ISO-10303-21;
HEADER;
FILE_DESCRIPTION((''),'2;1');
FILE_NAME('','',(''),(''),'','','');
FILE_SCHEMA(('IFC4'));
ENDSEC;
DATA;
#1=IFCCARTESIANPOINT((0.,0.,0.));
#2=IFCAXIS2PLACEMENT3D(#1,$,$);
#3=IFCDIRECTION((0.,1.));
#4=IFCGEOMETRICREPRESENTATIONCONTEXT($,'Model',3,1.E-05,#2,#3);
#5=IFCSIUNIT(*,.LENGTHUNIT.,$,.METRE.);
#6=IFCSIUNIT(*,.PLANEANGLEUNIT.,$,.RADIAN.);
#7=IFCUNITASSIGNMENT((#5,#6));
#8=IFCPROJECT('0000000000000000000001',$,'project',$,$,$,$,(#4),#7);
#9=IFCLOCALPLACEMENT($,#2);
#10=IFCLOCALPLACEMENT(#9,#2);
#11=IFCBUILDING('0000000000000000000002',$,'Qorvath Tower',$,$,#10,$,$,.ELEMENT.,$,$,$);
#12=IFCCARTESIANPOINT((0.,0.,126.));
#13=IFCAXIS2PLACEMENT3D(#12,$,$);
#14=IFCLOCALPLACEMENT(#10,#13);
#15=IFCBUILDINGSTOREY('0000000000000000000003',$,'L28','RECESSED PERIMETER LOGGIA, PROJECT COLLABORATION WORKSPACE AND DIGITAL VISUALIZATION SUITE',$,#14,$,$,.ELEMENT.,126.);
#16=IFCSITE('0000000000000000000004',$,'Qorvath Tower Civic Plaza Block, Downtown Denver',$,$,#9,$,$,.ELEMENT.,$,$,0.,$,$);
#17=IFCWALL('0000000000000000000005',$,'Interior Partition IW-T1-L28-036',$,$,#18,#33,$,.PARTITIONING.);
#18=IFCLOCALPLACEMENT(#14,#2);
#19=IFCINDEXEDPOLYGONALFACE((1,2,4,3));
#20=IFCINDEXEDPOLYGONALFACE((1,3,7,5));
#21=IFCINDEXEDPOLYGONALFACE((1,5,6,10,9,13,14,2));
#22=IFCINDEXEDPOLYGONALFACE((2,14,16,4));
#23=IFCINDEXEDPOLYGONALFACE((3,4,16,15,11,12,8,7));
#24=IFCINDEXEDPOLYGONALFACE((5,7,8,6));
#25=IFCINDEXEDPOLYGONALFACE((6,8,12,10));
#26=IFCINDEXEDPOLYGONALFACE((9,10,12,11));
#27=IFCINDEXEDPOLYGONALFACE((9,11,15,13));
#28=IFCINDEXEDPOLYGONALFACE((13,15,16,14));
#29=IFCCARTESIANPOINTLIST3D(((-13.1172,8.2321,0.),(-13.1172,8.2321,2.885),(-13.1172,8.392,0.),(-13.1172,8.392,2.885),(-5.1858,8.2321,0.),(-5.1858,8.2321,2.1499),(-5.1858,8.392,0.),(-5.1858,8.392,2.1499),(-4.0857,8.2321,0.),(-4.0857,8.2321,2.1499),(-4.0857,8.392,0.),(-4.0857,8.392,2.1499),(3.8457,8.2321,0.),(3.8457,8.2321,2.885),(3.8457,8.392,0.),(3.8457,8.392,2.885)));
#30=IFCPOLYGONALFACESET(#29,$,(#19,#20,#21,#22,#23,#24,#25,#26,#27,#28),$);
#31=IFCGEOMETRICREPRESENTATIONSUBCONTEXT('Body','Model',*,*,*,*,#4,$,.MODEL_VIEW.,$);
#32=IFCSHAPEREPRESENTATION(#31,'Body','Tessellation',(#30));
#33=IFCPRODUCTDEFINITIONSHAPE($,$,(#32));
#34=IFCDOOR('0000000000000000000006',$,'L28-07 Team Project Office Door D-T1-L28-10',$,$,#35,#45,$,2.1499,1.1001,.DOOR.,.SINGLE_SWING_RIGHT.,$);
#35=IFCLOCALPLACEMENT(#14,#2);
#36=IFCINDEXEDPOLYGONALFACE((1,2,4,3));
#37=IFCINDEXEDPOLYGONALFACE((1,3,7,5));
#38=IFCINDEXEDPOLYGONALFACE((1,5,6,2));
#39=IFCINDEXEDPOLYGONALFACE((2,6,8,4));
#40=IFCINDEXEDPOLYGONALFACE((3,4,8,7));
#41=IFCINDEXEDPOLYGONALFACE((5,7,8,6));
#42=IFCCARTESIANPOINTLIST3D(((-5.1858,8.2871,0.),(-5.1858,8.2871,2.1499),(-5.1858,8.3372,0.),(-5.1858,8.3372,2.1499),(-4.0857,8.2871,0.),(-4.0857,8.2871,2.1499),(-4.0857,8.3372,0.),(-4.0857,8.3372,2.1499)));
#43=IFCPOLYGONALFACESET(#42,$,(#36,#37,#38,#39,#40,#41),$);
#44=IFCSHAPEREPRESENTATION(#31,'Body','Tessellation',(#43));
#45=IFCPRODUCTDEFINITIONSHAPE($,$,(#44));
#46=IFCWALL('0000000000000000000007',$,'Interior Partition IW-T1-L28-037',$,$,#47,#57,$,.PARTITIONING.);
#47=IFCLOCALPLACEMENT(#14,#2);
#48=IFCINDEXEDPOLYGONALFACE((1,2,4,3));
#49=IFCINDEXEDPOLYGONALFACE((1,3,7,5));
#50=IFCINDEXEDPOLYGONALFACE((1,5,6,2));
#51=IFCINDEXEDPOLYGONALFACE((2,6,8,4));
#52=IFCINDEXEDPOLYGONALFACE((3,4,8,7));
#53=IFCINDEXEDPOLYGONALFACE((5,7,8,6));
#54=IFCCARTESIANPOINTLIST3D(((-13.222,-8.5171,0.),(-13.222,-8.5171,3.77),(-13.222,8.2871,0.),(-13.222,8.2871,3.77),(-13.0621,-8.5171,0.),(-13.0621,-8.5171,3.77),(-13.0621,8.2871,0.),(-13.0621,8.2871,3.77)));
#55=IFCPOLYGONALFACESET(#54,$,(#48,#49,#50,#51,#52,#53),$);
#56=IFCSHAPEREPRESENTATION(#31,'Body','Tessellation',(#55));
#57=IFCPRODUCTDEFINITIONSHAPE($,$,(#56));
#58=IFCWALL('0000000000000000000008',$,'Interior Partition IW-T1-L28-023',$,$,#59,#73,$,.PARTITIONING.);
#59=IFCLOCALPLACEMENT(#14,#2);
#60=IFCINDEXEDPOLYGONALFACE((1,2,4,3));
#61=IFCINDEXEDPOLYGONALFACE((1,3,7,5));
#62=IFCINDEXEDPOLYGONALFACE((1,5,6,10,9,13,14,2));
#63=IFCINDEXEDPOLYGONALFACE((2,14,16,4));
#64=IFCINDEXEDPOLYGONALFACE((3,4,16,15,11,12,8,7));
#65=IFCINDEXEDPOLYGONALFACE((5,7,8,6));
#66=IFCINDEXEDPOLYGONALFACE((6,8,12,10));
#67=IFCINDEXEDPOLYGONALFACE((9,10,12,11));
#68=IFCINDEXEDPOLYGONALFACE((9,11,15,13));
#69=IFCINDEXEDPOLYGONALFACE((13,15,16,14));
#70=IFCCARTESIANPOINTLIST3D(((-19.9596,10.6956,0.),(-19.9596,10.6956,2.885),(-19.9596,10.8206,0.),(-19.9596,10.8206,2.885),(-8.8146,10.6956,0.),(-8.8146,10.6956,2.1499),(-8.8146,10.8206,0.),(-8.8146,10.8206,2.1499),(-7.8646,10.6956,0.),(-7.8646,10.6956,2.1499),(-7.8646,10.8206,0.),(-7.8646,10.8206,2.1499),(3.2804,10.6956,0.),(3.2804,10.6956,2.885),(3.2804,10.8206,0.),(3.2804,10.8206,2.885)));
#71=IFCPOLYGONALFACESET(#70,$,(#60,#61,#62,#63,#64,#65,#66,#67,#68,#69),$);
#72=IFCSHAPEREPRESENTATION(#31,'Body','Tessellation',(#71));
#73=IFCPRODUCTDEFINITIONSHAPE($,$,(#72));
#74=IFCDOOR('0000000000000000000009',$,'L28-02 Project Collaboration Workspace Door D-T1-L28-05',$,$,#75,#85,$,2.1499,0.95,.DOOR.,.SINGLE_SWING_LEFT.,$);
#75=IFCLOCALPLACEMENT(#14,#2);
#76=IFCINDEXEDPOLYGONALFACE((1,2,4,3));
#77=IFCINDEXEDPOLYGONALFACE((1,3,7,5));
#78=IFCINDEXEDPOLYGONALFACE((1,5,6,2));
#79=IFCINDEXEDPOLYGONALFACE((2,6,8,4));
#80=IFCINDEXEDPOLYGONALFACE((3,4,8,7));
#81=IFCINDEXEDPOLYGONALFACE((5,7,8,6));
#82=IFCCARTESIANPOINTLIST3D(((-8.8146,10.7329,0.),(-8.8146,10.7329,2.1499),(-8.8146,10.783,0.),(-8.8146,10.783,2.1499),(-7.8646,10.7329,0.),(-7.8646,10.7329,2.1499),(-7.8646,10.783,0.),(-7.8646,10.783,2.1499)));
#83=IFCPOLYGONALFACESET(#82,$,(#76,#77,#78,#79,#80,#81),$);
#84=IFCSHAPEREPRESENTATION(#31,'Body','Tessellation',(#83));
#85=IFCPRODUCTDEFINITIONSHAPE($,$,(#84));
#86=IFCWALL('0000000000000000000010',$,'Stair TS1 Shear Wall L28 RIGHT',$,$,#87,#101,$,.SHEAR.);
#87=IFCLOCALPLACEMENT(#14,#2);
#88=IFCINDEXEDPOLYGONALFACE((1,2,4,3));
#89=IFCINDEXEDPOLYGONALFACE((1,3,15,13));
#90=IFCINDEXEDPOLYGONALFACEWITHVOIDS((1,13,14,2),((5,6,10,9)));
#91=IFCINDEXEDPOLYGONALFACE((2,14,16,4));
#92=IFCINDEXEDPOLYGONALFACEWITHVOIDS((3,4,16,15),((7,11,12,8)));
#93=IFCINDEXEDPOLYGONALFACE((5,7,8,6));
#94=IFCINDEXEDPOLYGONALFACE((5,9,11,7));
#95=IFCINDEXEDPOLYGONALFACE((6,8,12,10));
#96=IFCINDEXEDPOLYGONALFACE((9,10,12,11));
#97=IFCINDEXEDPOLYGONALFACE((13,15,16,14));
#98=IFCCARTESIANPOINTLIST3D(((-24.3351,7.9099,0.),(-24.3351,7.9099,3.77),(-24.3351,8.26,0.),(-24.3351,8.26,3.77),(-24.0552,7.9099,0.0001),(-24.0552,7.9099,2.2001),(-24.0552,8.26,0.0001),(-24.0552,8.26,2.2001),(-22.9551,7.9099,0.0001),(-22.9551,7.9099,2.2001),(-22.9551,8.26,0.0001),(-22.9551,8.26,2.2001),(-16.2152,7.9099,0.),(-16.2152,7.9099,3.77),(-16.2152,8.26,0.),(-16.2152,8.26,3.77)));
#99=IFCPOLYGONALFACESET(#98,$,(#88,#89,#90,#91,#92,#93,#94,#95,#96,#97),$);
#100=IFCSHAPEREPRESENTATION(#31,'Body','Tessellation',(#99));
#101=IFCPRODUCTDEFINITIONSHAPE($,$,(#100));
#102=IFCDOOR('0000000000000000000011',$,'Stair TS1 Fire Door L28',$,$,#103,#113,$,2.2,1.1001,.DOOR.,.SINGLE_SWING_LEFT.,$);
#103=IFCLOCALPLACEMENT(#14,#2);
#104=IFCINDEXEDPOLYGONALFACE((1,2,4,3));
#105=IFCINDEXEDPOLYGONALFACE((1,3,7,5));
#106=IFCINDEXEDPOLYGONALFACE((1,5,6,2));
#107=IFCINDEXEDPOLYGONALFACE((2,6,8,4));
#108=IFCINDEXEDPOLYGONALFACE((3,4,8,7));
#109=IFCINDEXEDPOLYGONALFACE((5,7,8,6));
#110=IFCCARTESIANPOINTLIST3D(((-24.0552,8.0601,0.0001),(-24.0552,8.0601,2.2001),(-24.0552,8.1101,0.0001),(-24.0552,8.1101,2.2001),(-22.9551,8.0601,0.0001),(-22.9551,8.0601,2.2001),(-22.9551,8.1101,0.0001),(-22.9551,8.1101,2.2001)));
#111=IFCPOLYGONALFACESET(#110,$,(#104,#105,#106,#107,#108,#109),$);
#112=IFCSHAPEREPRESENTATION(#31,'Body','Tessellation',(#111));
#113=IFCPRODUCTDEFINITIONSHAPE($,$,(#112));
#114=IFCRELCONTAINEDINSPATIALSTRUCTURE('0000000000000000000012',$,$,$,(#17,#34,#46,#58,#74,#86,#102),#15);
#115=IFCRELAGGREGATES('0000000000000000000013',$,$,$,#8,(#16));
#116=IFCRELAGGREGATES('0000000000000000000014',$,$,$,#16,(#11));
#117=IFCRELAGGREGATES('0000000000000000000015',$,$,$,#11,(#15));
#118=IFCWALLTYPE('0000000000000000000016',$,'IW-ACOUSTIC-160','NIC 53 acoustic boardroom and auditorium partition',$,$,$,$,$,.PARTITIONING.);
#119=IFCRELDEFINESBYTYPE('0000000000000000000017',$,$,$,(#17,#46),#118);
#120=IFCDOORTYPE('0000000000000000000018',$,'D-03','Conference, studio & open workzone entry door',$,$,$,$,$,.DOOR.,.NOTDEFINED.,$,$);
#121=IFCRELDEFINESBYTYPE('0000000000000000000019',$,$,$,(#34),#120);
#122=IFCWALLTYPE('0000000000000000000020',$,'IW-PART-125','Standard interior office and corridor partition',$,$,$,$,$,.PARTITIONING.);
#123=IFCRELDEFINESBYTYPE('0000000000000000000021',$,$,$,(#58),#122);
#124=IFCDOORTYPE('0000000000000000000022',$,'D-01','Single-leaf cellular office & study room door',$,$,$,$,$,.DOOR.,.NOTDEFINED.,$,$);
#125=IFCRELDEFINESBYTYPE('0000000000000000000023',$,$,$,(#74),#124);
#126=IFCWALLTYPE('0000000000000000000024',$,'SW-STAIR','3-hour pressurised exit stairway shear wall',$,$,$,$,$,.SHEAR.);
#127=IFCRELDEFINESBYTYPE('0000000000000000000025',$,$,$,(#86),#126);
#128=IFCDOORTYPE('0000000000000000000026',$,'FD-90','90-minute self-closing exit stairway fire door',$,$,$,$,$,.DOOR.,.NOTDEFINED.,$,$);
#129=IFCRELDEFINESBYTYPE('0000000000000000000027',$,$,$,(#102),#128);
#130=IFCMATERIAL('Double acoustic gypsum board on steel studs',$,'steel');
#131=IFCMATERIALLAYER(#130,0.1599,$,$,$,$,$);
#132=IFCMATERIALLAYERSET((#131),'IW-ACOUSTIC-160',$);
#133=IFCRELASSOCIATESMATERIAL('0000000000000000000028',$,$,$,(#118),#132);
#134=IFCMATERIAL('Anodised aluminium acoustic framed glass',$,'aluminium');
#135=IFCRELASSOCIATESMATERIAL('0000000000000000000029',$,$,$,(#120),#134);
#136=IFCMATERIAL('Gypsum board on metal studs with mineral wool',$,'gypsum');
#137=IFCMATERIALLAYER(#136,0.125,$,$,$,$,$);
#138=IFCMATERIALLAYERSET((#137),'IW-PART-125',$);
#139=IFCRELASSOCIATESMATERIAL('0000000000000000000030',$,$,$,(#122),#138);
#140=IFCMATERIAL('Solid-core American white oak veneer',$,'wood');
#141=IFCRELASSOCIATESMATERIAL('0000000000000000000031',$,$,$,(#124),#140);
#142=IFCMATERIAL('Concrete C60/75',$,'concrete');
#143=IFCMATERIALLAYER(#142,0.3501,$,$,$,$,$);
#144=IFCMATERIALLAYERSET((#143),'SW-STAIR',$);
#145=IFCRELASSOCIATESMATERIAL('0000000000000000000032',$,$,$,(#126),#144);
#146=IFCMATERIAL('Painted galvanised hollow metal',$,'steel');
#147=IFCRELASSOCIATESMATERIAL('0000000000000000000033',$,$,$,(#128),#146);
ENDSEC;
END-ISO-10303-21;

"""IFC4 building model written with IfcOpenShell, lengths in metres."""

from ifc_helpers import new_model, si_unit, direction, frame, frame_2d, origin, place, context, subcontext, project, spatial, rectangle, extrude, material, layer, layer_set, type_object, element, fill, save


model = new_model("IFC4")

# Units and contexts
model_context = context("Model", 3, precision=1e-05, world=origin(), true_north=direction((0.0, 1.0)))
body_context = subcontext(model_context, "Body", "Model", "MODEL_VIEW")
ifc_project = project(units=[si_unit("LENGTHUNIT", "METRE"), si_unit("PLANEANGLEUNIT", "RADIAN")], contexts=[model_context])

# Site, building, storey
site_placement = place(None, origin())
site = spatial("IfcSite", under=ifc_project, at=site_placement, Name="Qorvath Tower Civic Plaza Block, Downtown Denver", CompositionType="ELEMENT", RefElevation=0.0)
building_placement = place(site_placement, origin())
building = spatial("IfcBuilding", under=site, at=building_placement, Name="Qorvath Tower", CompositionType="ELEMENT")
storey_placement = place(building_placement, frame((0.0, 0.0, 126.0)))
storey = spatial("IfcBuildingStorey", under=building, at=storey_placement, Name="L28", Description="RECESSED PERIMETER LOGGIA, PROJECT COLLABORATION WORKSPACE AND DIGITAL VISUALIZATION SUITE", CompositionType="ELEMENT", Elevation=126.0)

# Shared definitions
ifc_material_1 = material(Name="Double acoustic gypsum board on steel studs", Category="steel")
ifc_layer_1 = layer(ifc_material_1, 0.1599)
ifc_layer_set_1 = layer_set([ifc_layer_1], Name="IW-ACOUSTIC-160")
wall_type_1 = type_object("IfcWallType", Name="IW-ACOUSTIC-160", Description="NIC 53 acoustic boardroom and auditorium partition", PredefinedType="PARTITIONING", material=ifc_layer_set_1)

# Wall, opening, door
wall_1_placement = place(storey_placement, frame((3.8457, 8.312, 0.0), z_axis=(0.0, 0.0, 1.0), x_axis=(-1.0, 0.0, 0.0)))
wall_1 = element("IfcWall", 1, at=wall_1_placement, inside=storey, type_object=wall_type_1, Name="Interior Partition IW-T1-L28-036", PredefinedType="PARTITIONING", context=body_context, shape_type="SweptSolid", body=[
    extrude(rectangle(XDim=16.9629, YDim=0.1599, at=frame_2d((8.4814, 0.0))), origin(), (0.0, 0.0, 1.0), 2.885),
])
opening_1_placement = place(wall_1_placement, frame((7.9314, 0.0, 0.0)))
opening_1 = element("IfcOpeningElement", 2, at=opening_1_placement, cuts=wall_1, PredefinedType="OPENING", context=body_context, shape_type="SweptSolid", body=[
    extrude(rectangle(XDim=1.1001, YDim=2.1499, at=frame_2d((0.55, 1.075))), frame((0.0, 0.0898, 0.0), z_axis=(0.0, -1.0, 0.0), x_axis=(1.0, 0.0, 0.0)), (0.0, 0.0, 1.0), 0.1799),
])
ifc_material_2 = material(Name="Anodised aluminium acoustic framed glass", Category="aluminium")
door_type_1 = type_object("IfcDoorType", Name="D-03", Description="Conference, studio & open workzone entry door", OperationType="NOTDEFINED", PredefinedType="DOOR", material=ifc_material_2)
door_1_placement = place(opening_1_placement, origin())
door_1 = element("IfcDoor", 3, at=door_1_placement, inside=storey, type_object=door_type_1, Name="L28-07 Team Project Office Door D-T1-L28-10", OperationType="SINGLE_SWING_RIGHT", OverallHeight=2.1499, OverallWidth=1.1001, PredefinedType="DOOR", context=body_context, shape_type="SweptSolid", body=[
    extrude(rectangle(XDim=1.1001, YDim=2.1499, at=frame_2d((0.55, 1.075))), frame((0.0, 0.0249, 0.0), z_axis=(0.0, -1.0, 0.0), x_axis=(1.0, 0.0, 0.0)), (0.0, 0.0, 1.0), 0.05),
])
fill(opening_1, door_1)

# Wall
wall_2_placement = place(storey_placement, frame((-13.1421, 8.2871, 0.0), z_axis=(0.0, 0.0, 1.0), x_axis=(0.0, -1.0, 0.0)))
element("IfcWall", 4, at=wall_2_placement, inside=storey, type_object=wall_type_1, Name="Interior Partition IW-T1-L28-037", PredefinedType="PARTITIONING", context=body_context, shape_type="SweptSolid", body=[
    extrude(rectangle(XDim=16.8042, YDim=0.1599, at=frame_2d((8.4021, 0.0))), origin(), (0.0, 0.0, 1.0), 3.77),
])

# Walls, openings, doors
ifc_material_3 = material(Name="Gypsum board on metal studs with mineral wool", Category="gypsum")
ifc_layer_2 = layer(ifc_material_3, 0.125)
ifc_layer_set_2 = layer_set([ifc_layer_2], Name="IW-PART-125")
wall_type_2 = type_object("IfcWallType", Name="IW-PART-125", Description="Standard interior office and corridor partition", PredefinedType="PARTITIONING", material=ifc_layer_set_2)
wall_3_placement = place(storey_placement, frame((-19.9597, 10.7581, 0.0), z_axis=(0.0, 0.0, 1.0), x_axis=(1.0, 0.0, 0.0)))
wall_3 = element("IfcWall", 5, at=wall_3_placement, inside=storey, type_object=wall_type_2, Name="Interior Partition IW-T1-L28-023", PredefinedType="PARTITIONING", context=body_context, shape_type="SweptSolid", body=[
    extrude(rectangle(XDim=23.24, YDim=0.125, at=frame_2d((11.6201, 0.0))), origin(), (0.0, 0.0, 1.0), 2.885),
])
opening_2_placement = place(wall_3_placement, frame((11.145, 0.0, 0.0)))
opening_2 = element("IfcOpeningElement", 6, at=opening_2_placement, cuts=wall_3, PredefinedType="OPENING", context=body_context, shape_type="SweptSolid", body=[
    extrude(rectangle(XDim=0.95, YDim=2.1499, at=frame_2d((0.4751, 1.075))), frame((0.0, 0.0725, 0.0), z_axis=(0.0, -1.0, 0.0), x_axis=(1.0, 0.0, 0.0)), (0.0, 0.0, 1.0), 0.145),
])
ifc_material_4 = material(Name="Solid-core American white oak veneer", Category="wood")
door_type_2 = type_object("IfcDoorType", Name="D-01", Description="Single-leaf cellular office & study room door", OperationType="NOTDEFINED", PredefinedType="DOOR", material=ifc_material_4)
door_2_placement = place(opening_2_placement, origin())
door_2 = element("IfcDoor", 7, at=door_2_placement, inside=storey, type_object=door_type_2, Name="L28-02 Project Collaboration Workspace Door D-T1-L28-05", OperationType="SINGLE_SWING_LEFT", OverallHeight=2.1499, OverallWidth=0.95, PredefinedType="DOOR", context=body_context, shape_type="SweptSolid", body=[
    extrude(rectangle(XDim=0.95, YDim=2.1499, at=frame_2d((0.4751, 1.075))), frame((0.0, 0.0249, 0.0), z_axis=(0.0, -1.0, 0.0), x_axis=(1.0, 0.0, 0.0)), (0.0, 0.0, 1.0), 0.05),
])
fill(opening_2, door_2)
ifc_material_5 = material(Name="Concrete C60/75", Category="concrete")
ifc_layer_3 = layer(ifc_material_5, 0.3501)
ifc_layer_set_3 = layer_set([ifc_layer_3], Name="SW-STAIR")
wall_type_3 = type_object("IfcWallType", Name="SW-STAIR", Description="3-hour pressurised exit stairway shear wall", PredefinedType="SHEAR", material=ifc_layer_set_3)
wall_4_placement = place(storey_placement, frame((-16.2151, 8.085, 0.0), z_axis=(0.0, 0.0, 1.0), x_axis=(-1.0, 0.0, 0.0)))
wall_4 = element("IfcWall", 8, at=wall_4_placement, inside=storey, type_object=wall_type_3, Name="Stair TS1 Shear Wall L28 RIGHT", PredefinedType="SHEAR", context=body_context, shape_type="SweptSolid", body=[
    extrude(rectangle(XDim=8.1199, YDim=0.3501, at=frame_2d((4.0601, 0.0))), origin(), (0.0, 0.0, 1.0), 3.77),
])
opening_3_placement = place(wall_4_placement, frame((6.74, 0.0, 0.0)))
opening_3 = element("IfcOpeningElement", 9, at=opening_3_placement, cuts=wall_4, PredefinedType="OPENING", context=body_context, shape_type="SweptSolid", body=[
    extrude(rectangle(XDim=1.1001, YDim=2.2, at=frame_2d((0.55, 1.1001))), frame((0.0, 0.1851, 0.0), z_axis=(0.0, -1.0, 0.0), x_axis=(1.0, 0.0, 0.0)), (0.0, 0.0, 1.0), 0.3701),
])
ifc_material_6 = material(Name="Painted galvanised hollow metal", Category="steel")
door_type_3 = type_object("IfcDoorType", Name="FD-90", Description="90-minute self-closing exit stairway fire door", OperationType="NOTDEFINED", PredefinedType="DOOR", material=ifc_material_6)
door_3_placement = place(opening_3_placement, origin())
door_3 = element("IfcDoor", 10, at=door_3_placement, inside=storey, type_object=door_type_3, Name="Stair TS1 Fire Door L28", OperationType="SINGLE_SWING_LEFT", OverallHeight=2.2, OverallWidth=1.1001, PredefinedType="DOOR", context=body_context, shape_type="SweptSolid", body=[
    extrude(rectangle(XDim=1.1001, YDim=2.2, at=frame_2d((0.55, 1.1001))), frame((0.0, 0.0249, 0.0), z_axis=(0.0, -1.0, 0.0), x_axis=(1.0, 0.0, 0.0)), (0.0, 0.0, 1.0), 0.05),
])
fill(opening_3, door_3)

save(model, "model.ifc")
